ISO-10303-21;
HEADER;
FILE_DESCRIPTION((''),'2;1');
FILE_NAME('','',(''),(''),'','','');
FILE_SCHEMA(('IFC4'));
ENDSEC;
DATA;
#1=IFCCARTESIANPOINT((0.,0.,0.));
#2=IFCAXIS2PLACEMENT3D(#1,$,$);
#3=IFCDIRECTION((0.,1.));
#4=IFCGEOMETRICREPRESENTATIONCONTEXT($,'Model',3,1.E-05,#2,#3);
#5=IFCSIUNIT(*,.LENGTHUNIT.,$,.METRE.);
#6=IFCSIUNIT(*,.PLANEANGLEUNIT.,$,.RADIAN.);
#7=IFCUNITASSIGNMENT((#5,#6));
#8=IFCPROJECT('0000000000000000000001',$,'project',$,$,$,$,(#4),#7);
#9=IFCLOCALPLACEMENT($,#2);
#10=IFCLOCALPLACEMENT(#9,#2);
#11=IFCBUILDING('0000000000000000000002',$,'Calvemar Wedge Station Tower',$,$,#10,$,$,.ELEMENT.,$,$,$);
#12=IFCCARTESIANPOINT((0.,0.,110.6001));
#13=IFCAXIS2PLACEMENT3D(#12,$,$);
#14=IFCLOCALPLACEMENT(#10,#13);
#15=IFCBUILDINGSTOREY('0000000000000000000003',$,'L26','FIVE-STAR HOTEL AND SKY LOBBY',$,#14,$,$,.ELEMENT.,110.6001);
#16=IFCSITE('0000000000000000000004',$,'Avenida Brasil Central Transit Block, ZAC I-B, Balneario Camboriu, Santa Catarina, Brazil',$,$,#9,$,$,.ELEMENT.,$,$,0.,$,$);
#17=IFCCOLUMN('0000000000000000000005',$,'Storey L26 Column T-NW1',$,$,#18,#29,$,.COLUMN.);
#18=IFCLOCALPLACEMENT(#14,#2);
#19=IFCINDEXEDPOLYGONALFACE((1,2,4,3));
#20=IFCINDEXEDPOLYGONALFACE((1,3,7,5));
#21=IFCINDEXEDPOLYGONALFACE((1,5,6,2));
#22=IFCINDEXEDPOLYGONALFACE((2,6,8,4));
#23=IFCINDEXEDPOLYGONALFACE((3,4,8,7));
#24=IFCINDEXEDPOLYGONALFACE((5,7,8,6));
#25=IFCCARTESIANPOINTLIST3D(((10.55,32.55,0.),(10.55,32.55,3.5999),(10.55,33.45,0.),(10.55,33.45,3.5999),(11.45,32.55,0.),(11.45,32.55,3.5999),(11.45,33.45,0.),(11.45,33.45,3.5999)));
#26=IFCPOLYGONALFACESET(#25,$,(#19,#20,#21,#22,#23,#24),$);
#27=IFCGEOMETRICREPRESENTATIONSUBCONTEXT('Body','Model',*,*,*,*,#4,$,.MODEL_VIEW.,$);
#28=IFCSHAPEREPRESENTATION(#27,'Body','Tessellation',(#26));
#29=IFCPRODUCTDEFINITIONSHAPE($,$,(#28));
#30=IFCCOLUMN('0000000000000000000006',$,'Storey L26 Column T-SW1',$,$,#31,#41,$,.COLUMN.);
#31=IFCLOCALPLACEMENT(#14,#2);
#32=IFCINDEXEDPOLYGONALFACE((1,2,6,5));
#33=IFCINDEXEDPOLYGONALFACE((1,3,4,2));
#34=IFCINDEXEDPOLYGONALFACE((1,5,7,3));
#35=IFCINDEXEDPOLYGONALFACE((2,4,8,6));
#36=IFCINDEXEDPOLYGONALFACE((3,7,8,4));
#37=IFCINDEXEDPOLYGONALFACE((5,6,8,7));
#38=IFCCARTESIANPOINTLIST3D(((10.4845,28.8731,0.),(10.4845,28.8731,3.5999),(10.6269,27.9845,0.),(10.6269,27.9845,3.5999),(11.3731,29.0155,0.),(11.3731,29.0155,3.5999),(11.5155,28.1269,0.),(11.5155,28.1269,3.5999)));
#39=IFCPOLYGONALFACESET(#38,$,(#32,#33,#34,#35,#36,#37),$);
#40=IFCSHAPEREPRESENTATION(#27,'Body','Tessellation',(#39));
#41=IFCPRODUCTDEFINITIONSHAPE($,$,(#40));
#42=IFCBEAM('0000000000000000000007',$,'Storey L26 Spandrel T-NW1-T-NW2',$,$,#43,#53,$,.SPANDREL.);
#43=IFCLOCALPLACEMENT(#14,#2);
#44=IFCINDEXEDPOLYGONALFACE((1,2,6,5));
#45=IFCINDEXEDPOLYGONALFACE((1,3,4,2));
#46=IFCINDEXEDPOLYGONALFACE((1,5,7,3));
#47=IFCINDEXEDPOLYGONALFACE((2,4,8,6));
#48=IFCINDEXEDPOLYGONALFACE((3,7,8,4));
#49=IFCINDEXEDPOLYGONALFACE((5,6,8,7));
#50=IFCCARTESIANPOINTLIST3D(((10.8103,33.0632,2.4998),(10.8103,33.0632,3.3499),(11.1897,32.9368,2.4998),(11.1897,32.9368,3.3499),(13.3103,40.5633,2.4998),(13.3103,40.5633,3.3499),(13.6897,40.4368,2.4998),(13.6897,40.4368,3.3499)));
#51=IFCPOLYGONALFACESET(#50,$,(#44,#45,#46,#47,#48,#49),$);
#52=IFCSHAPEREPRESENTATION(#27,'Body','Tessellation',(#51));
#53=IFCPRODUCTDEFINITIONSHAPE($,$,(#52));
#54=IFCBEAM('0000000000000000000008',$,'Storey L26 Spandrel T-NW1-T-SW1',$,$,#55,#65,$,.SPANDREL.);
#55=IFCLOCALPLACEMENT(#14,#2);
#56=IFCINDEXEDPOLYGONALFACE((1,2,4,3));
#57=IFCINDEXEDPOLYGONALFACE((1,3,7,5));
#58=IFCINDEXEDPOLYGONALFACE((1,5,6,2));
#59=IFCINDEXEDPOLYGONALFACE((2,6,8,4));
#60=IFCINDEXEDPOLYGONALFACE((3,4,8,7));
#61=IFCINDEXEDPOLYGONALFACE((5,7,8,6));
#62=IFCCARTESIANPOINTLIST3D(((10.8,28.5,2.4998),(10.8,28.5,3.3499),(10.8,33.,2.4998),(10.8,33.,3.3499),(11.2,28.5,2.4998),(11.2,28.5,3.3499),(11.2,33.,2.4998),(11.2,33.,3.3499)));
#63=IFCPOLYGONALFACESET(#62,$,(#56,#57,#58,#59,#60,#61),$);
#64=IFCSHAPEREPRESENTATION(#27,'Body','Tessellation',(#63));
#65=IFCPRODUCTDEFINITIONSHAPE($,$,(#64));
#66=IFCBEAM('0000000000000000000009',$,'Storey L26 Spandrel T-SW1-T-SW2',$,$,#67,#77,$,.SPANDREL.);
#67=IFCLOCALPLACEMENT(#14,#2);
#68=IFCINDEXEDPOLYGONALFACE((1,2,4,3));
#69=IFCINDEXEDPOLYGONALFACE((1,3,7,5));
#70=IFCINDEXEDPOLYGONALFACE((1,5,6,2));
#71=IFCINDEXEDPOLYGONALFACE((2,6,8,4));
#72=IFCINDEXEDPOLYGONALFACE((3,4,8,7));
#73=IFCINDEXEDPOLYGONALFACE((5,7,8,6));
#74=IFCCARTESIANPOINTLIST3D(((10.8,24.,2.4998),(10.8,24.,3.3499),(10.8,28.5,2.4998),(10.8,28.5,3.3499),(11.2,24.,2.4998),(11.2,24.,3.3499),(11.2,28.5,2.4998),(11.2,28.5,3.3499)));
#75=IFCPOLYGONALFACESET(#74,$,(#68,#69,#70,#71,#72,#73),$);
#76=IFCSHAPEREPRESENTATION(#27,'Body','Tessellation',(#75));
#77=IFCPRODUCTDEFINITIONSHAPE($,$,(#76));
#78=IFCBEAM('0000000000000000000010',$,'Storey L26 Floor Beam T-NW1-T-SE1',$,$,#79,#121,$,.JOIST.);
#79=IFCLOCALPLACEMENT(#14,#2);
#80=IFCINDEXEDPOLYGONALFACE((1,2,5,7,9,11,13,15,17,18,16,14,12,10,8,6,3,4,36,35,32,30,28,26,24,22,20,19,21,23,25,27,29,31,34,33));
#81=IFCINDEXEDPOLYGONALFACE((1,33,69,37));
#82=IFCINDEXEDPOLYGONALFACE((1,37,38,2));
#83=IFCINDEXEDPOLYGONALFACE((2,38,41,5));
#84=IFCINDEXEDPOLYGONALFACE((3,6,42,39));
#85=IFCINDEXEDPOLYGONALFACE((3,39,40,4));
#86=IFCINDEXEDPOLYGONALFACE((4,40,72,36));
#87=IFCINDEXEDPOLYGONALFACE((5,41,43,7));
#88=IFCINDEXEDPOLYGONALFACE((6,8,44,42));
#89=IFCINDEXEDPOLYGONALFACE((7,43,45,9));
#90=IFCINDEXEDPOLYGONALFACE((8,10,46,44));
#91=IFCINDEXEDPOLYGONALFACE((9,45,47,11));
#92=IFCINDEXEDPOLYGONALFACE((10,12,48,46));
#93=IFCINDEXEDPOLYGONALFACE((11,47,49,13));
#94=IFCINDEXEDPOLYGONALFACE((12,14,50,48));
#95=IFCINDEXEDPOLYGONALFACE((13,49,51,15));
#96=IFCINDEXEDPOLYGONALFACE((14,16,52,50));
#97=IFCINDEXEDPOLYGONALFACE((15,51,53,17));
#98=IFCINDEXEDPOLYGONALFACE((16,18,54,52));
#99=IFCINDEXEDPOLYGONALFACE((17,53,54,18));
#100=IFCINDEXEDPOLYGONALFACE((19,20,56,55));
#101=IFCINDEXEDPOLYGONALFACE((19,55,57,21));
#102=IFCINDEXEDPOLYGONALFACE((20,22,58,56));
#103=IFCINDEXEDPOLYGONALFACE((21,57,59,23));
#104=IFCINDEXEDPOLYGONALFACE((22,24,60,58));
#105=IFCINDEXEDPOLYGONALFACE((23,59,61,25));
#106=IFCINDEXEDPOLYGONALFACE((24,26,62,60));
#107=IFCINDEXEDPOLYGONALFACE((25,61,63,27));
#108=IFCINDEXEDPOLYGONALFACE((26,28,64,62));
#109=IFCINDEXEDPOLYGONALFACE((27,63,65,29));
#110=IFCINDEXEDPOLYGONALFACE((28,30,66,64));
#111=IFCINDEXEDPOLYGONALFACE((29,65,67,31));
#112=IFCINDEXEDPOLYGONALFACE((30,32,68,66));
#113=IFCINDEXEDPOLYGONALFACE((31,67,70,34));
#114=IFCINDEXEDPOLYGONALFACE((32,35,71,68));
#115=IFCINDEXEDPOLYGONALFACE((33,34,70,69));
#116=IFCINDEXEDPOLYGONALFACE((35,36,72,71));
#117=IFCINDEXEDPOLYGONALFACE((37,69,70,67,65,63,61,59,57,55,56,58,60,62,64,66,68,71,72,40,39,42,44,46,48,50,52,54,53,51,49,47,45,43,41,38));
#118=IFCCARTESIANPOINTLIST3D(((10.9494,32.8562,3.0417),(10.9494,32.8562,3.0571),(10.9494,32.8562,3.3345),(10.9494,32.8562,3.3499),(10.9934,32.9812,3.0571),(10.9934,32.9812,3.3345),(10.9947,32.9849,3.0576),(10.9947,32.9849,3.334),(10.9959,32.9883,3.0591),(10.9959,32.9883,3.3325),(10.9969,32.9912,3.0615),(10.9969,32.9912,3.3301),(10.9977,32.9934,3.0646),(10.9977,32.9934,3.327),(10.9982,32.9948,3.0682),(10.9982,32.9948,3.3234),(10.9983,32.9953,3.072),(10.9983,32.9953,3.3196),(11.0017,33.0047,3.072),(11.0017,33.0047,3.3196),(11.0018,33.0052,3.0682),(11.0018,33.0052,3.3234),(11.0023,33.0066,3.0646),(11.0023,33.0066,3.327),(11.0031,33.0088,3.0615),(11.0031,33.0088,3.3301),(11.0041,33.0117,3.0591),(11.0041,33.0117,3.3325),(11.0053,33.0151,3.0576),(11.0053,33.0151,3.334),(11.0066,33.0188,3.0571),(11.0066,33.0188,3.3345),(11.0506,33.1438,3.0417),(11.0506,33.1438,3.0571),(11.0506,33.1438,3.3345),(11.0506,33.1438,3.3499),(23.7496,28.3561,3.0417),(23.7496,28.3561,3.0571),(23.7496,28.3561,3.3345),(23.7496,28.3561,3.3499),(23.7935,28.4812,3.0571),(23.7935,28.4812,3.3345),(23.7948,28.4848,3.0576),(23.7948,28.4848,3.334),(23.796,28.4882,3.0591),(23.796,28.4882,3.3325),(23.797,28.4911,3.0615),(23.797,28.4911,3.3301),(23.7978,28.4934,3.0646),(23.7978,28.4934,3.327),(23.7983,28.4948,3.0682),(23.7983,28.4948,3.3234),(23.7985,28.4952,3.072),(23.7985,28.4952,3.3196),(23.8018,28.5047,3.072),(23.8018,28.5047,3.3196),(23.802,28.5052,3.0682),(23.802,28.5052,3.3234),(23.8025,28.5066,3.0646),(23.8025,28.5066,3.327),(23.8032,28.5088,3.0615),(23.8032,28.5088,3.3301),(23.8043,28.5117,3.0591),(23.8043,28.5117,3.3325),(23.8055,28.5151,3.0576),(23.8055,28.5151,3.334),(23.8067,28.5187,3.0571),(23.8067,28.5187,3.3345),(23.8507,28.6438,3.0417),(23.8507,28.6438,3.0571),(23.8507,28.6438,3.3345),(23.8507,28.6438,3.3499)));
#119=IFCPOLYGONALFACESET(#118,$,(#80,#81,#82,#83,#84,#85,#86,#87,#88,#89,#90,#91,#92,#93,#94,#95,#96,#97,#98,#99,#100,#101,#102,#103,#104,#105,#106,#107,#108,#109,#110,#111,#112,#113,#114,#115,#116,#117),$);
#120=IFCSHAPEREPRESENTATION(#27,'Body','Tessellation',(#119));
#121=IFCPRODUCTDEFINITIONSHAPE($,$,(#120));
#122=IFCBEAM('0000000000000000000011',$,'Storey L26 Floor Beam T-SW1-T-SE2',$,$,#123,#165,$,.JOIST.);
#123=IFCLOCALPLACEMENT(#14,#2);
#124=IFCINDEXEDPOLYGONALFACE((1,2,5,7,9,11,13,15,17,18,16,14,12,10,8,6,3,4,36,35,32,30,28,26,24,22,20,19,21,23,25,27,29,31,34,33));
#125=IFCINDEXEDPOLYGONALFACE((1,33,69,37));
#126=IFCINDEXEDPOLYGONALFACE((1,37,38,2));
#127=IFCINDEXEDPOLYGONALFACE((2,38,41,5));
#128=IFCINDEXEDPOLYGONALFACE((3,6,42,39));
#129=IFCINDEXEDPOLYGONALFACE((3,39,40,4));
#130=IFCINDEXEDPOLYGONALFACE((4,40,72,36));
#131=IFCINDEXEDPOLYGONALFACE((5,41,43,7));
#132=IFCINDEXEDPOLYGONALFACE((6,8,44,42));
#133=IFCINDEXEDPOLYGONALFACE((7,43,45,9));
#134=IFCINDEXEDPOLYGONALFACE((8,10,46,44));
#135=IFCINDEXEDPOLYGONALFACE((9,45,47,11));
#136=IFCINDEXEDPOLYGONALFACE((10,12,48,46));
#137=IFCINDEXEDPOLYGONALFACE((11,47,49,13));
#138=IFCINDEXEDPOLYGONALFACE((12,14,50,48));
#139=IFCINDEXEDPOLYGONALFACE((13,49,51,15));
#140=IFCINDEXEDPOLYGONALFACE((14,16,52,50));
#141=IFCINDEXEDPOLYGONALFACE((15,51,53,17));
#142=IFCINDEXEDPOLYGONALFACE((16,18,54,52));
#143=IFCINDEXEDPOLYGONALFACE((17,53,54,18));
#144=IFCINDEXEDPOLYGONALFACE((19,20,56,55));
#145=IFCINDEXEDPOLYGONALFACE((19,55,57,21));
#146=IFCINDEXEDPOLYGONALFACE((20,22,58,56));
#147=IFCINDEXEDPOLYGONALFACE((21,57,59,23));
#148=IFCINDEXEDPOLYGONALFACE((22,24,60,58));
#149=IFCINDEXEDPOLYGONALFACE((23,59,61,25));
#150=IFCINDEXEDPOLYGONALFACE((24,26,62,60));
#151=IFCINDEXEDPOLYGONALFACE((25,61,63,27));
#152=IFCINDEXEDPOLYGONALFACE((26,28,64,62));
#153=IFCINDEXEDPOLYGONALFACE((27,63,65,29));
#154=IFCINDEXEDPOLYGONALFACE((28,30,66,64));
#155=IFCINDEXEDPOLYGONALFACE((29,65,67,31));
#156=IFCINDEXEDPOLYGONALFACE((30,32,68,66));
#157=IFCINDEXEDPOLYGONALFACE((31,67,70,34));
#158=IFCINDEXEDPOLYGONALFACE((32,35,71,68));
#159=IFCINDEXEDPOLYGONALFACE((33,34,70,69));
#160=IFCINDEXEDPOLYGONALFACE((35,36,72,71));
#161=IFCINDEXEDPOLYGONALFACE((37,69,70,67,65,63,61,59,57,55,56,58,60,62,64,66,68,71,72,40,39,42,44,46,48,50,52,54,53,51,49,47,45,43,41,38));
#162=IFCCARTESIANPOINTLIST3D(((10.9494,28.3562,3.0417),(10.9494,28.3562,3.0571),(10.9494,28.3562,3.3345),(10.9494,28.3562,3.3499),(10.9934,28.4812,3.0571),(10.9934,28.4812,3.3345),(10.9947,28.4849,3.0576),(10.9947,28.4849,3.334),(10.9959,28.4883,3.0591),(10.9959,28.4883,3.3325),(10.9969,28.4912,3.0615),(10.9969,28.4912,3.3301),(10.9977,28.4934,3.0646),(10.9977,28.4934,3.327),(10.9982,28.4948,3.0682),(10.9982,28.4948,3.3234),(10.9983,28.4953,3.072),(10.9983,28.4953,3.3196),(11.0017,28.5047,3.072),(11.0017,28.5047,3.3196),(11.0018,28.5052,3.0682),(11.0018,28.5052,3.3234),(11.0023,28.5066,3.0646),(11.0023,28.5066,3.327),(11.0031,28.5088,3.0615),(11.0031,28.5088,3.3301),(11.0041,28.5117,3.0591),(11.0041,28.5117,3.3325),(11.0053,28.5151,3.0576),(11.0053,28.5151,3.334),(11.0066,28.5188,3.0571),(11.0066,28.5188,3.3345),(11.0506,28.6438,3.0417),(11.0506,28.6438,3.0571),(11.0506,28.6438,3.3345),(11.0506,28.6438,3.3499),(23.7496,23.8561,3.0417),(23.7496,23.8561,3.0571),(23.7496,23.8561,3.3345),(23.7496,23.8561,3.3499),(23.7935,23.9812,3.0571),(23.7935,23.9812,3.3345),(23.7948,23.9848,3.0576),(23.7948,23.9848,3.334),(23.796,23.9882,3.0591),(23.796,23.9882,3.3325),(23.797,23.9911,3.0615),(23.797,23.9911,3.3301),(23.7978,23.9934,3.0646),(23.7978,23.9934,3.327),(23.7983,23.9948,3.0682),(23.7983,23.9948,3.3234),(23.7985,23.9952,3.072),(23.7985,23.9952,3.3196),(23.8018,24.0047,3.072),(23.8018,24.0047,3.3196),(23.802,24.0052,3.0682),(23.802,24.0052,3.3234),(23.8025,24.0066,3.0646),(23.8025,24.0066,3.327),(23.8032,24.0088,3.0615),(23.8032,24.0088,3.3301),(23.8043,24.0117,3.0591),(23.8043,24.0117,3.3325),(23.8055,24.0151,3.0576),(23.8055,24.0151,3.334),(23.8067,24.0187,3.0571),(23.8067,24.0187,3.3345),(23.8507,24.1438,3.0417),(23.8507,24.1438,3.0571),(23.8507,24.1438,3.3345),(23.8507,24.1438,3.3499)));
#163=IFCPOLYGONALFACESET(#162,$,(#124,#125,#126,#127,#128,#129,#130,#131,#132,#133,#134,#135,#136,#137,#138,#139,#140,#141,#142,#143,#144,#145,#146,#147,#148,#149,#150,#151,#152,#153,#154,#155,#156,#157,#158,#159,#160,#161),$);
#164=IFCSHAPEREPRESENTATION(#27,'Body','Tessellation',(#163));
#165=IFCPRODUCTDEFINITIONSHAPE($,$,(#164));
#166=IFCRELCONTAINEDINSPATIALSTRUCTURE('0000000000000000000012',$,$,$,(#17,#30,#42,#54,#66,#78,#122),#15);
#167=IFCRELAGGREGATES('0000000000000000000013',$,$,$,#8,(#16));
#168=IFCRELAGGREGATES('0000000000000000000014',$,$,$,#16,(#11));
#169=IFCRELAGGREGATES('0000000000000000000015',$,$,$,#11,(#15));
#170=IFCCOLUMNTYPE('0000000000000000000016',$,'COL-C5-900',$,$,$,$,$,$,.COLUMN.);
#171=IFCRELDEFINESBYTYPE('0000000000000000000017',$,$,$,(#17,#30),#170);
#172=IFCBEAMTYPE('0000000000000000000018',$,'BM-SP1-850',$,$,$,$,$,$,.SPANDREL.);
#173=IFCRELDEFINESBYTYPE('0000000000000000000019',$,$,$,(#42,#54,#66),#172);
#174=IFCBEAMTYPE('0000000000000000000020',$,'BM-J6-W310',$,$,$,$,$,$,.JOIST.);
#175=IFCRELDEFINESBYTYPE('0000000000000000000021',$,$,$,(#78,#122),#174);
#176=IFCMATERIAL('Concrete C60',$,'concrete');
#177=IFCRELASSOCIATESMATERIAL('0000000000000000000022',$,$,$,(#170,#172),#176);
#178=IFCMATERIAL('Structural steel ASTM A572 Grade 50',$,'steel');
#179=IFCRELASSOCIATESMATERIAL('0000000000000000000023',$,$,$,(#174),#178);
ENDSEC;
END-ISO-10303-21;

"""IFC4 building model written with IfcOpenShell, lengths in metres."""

from ifc_helpers import new_model, si_unit, direction, frame, origin, origin_2d, place, context, subcontext, project, spatial, rectangle, i_section, extrude, source, transform, mapped, material, material_profile, profile_set, type_object, element, save


model = new_model("IFC4")

# Units and contexts
model_context = context("Model", 3, precision=1e-05, world=origin(), true_north=direction((0.0, 1.0)))
body_context = subcontext(model_context, "Body", "Model", "MODEL_VIEW")
ifc_project = project(units=[si_unit("LENGTHUNIT", "METRE"), si_unit("PLANEANGLEUNIT", "RADIAN")], contexts=[model_context])

# Site, building, storey
site_placement = place(None, origin())
site = spatial("IfcSite", under=ifc_project, at=site_placement, Name="Avenida Brasil Central Transit Block, ZAC I-B, Balneario Camboriu, Santa Catarina, Brazil", CompositionType="ELEMENT", RefElevation=0.0)
building_placement = place(site_placement, origin())
building = spatial("IfcBuilding", under=site, at=building_placement, Name="Calvemar Wedge Station Tower", CompositionType="ELEMENT")
storey_placement = place(building_placement, frame((0.0, 0.0, 110.6001)))
storey = spatial("IfcBuildingStorey", under=building, at=storey_placement, Name="L26", Description="FIVE-STAR HOTEL AND SKY LOBBY", CompositionType="ELEMENT", Elevation=110.6001)

# Columns
ifc_material_1 = material(Name="Concrete C60", Category="concrete")
ifc_material_profile_1 = material_profile(ifc_material_1, rectangle(XDim=0.8999, YDim=0.8999, at=origin_2d()), Name="RC900x900")
ifc_profile_set_1 = profile_set([ifc_material_profile_1], Name="Concrete C60")
column_type = type_object("IfcColumnType", Name="COL-C5-900", PredefinedType="COLUMN", material=ifc_profile_set_1)
shared_shape_1 = source(origin(), body_context, "Body", "SweptSolid", [
    extrude(rectangle(XDim=0.8999, YDim=0.8999, at=origin_2d()), origin(), (0.0, 0.0, 1.0), 3.5999),
])
for number, where, z_axis, x_axis, name in (
    (1, (11.0, 33.0, 0.0), (0.0, 0.0, 1.0), (1.0, 0.0, 0.0), "Storey L26 Column T-NW1"),
    (2, (11.0, 28.5, 0.0), (0.0, 0.0, 1.0), (0.158158, -0.987414, 0.0), "Storey L26 Column T-SW1"),
):
    element("IfcColumn", number, at=place(storey_placement, frame(where, z_axis=z_axis, x_axis=x_axis)), inside=storey, type_object=column_type, Name=name, PredefinedType="COLUMN", context=body_context, shape_type="MappedRepresentation", body=[
        mapped(shared_shape_1, transform((0.0, 0.0, 0.0), scale=1.0)),
    ])

# Beams
ifc_material_profile_2 = material_profile(ifc_material_1, rectangle(XDim=0.3999, YDim=0.8501, at=origin_2d()), Name="RC400x850")
ifc_profile_set_2 = profile_set([ifc_material_profile_2], Name="Concrete C60")
beam_type_1 = type_object("IfcBeamType", Name="BM-SP1-850", PredefinedType="SPANDREL", material=ifc_profile_set_2)
shared_shape_2 = source(origin(), body_context, "Body", "SweptSolid", [
    extrude(rectangle(XDim=0.3999, YDim=0.8501, at=origin_2d()), origin(), (0.0, 0.0, 1.0), 7.9058),
])
beam_1_placement = place(storey_placement, frame((11.0, 33.0, 2.9248), z_axis=(0.316228, 0.948683, 0.0), x_axis=(-0.948683, 0.316228, 0.0)))
element("IfcBeam", 3, at=beam_1_placement, inside=storey, type_object=beam_type_1, Name="Storey L26 Spandrel T-NW1-T-NW2", PredefinedType="SPANDREL", context=body_context, shape_type="MappedRepresentation", body=[
    mapped(shared_shape_2, transform((0.0, 0.0, 0.0), scale=1.0)),
])
shared_shape_3 = source(origin(), body_context, "Body", "SweptSolid", [
    extrude(rectangle(XDim=0.3999, YDim=0.8501, at=origin_2d()), origin(), (0.0, 0.0, 1.0), 4.5),
])
for number, where, z_axis, x_axis, name in (
    (4, (11.0, 33.0, 2.9248), (0.0, -1.0, 0.0), (1.0, 0.0, 0.0), "Storey L26 Spandrel T-NW1-T-SW1"),
    (5, (11.0, 28.5, 2.9248), (0.0, -1.0, 0.0), (1.0, 0.0, 0.0), "Storey L26 Spandrel T-SW1-T-SW2"),
):
    element("IfcBeam", number, at=place(storey_placement, frame(where, z_axis=z_axis, x_axis=x_axis)), inside=storey, type_object=beam_type_1, Name=name, PredefinedType="SPANDREL", context=body_context, shape_type="MappedRepresentation", body=[
        mapped(shared_shape_3, transform((0.0, 0.0, 0.0), scale=1.0)),
    ])
ifc_material_2 = material(Name="Structural steel ASTM A572 Grade 50", Category="steel")
ifc_material_profile_3 = material_profile(ifc_material_2, i_section(OverallWidth=0.3049, OverallDepth=0.3081, WebThickness=0.01, FlangeThickness=0.0154, FilletRadius=0.0149, at=origin_2d()), Name="W310x97")
ifc_profile_set_3 = profile_set([ifc_material_profile_3], Name="Structural steel ASTM A572 Grade 50")
beam_type_2 = type_object("IfcBeamType", Name="BM-J6-W310", PredefinedType="JOIST", material=ifc_profile_set_3)
shared_shape_4 = source(origin(), body_context, "Body", "SweptSolid", [
    extrude(i_section(OverallWidth=0.3049, OverallDepth=0.3081, WebThickness=0.01, FlangeThickness=0.0154, FilletRadius=0.0149, at=origin_2d()), origin(), (0.0, 0.0, 1.0), 13.5681),
])
for number, where, z_axis, x_axis, name in (
    (6, (11.0, 33.0, 3.1958), (0.943398, -0.331662, 0.0), (0.331662, 0.943398, 0.0), "Storey L26 Floor Beam T-NW1-T-SE1"),
    (7, (11.0, 28.5, 3.1958), (0.943398, -0.331662, 0.0), (0.331662, 0.943398, 0.0), "Storey L26 Floor Beam T-SW1-T-SE2"),
):
    element("IfcBeam", number, at=place(storey_placement, frame(where, z_axis=z_axis, x_axis=x_axis)), inside=storey, type_object=beam_type_2, Name=name, PredefinedType="JOIST", context=body_context, shape_type="MappedRepresentation", body=[
        mapped(shared_shape_4, transform((0.0, 0.0, 0.0), scale=1.0)),
    ])

save(model, "model.ifc")
